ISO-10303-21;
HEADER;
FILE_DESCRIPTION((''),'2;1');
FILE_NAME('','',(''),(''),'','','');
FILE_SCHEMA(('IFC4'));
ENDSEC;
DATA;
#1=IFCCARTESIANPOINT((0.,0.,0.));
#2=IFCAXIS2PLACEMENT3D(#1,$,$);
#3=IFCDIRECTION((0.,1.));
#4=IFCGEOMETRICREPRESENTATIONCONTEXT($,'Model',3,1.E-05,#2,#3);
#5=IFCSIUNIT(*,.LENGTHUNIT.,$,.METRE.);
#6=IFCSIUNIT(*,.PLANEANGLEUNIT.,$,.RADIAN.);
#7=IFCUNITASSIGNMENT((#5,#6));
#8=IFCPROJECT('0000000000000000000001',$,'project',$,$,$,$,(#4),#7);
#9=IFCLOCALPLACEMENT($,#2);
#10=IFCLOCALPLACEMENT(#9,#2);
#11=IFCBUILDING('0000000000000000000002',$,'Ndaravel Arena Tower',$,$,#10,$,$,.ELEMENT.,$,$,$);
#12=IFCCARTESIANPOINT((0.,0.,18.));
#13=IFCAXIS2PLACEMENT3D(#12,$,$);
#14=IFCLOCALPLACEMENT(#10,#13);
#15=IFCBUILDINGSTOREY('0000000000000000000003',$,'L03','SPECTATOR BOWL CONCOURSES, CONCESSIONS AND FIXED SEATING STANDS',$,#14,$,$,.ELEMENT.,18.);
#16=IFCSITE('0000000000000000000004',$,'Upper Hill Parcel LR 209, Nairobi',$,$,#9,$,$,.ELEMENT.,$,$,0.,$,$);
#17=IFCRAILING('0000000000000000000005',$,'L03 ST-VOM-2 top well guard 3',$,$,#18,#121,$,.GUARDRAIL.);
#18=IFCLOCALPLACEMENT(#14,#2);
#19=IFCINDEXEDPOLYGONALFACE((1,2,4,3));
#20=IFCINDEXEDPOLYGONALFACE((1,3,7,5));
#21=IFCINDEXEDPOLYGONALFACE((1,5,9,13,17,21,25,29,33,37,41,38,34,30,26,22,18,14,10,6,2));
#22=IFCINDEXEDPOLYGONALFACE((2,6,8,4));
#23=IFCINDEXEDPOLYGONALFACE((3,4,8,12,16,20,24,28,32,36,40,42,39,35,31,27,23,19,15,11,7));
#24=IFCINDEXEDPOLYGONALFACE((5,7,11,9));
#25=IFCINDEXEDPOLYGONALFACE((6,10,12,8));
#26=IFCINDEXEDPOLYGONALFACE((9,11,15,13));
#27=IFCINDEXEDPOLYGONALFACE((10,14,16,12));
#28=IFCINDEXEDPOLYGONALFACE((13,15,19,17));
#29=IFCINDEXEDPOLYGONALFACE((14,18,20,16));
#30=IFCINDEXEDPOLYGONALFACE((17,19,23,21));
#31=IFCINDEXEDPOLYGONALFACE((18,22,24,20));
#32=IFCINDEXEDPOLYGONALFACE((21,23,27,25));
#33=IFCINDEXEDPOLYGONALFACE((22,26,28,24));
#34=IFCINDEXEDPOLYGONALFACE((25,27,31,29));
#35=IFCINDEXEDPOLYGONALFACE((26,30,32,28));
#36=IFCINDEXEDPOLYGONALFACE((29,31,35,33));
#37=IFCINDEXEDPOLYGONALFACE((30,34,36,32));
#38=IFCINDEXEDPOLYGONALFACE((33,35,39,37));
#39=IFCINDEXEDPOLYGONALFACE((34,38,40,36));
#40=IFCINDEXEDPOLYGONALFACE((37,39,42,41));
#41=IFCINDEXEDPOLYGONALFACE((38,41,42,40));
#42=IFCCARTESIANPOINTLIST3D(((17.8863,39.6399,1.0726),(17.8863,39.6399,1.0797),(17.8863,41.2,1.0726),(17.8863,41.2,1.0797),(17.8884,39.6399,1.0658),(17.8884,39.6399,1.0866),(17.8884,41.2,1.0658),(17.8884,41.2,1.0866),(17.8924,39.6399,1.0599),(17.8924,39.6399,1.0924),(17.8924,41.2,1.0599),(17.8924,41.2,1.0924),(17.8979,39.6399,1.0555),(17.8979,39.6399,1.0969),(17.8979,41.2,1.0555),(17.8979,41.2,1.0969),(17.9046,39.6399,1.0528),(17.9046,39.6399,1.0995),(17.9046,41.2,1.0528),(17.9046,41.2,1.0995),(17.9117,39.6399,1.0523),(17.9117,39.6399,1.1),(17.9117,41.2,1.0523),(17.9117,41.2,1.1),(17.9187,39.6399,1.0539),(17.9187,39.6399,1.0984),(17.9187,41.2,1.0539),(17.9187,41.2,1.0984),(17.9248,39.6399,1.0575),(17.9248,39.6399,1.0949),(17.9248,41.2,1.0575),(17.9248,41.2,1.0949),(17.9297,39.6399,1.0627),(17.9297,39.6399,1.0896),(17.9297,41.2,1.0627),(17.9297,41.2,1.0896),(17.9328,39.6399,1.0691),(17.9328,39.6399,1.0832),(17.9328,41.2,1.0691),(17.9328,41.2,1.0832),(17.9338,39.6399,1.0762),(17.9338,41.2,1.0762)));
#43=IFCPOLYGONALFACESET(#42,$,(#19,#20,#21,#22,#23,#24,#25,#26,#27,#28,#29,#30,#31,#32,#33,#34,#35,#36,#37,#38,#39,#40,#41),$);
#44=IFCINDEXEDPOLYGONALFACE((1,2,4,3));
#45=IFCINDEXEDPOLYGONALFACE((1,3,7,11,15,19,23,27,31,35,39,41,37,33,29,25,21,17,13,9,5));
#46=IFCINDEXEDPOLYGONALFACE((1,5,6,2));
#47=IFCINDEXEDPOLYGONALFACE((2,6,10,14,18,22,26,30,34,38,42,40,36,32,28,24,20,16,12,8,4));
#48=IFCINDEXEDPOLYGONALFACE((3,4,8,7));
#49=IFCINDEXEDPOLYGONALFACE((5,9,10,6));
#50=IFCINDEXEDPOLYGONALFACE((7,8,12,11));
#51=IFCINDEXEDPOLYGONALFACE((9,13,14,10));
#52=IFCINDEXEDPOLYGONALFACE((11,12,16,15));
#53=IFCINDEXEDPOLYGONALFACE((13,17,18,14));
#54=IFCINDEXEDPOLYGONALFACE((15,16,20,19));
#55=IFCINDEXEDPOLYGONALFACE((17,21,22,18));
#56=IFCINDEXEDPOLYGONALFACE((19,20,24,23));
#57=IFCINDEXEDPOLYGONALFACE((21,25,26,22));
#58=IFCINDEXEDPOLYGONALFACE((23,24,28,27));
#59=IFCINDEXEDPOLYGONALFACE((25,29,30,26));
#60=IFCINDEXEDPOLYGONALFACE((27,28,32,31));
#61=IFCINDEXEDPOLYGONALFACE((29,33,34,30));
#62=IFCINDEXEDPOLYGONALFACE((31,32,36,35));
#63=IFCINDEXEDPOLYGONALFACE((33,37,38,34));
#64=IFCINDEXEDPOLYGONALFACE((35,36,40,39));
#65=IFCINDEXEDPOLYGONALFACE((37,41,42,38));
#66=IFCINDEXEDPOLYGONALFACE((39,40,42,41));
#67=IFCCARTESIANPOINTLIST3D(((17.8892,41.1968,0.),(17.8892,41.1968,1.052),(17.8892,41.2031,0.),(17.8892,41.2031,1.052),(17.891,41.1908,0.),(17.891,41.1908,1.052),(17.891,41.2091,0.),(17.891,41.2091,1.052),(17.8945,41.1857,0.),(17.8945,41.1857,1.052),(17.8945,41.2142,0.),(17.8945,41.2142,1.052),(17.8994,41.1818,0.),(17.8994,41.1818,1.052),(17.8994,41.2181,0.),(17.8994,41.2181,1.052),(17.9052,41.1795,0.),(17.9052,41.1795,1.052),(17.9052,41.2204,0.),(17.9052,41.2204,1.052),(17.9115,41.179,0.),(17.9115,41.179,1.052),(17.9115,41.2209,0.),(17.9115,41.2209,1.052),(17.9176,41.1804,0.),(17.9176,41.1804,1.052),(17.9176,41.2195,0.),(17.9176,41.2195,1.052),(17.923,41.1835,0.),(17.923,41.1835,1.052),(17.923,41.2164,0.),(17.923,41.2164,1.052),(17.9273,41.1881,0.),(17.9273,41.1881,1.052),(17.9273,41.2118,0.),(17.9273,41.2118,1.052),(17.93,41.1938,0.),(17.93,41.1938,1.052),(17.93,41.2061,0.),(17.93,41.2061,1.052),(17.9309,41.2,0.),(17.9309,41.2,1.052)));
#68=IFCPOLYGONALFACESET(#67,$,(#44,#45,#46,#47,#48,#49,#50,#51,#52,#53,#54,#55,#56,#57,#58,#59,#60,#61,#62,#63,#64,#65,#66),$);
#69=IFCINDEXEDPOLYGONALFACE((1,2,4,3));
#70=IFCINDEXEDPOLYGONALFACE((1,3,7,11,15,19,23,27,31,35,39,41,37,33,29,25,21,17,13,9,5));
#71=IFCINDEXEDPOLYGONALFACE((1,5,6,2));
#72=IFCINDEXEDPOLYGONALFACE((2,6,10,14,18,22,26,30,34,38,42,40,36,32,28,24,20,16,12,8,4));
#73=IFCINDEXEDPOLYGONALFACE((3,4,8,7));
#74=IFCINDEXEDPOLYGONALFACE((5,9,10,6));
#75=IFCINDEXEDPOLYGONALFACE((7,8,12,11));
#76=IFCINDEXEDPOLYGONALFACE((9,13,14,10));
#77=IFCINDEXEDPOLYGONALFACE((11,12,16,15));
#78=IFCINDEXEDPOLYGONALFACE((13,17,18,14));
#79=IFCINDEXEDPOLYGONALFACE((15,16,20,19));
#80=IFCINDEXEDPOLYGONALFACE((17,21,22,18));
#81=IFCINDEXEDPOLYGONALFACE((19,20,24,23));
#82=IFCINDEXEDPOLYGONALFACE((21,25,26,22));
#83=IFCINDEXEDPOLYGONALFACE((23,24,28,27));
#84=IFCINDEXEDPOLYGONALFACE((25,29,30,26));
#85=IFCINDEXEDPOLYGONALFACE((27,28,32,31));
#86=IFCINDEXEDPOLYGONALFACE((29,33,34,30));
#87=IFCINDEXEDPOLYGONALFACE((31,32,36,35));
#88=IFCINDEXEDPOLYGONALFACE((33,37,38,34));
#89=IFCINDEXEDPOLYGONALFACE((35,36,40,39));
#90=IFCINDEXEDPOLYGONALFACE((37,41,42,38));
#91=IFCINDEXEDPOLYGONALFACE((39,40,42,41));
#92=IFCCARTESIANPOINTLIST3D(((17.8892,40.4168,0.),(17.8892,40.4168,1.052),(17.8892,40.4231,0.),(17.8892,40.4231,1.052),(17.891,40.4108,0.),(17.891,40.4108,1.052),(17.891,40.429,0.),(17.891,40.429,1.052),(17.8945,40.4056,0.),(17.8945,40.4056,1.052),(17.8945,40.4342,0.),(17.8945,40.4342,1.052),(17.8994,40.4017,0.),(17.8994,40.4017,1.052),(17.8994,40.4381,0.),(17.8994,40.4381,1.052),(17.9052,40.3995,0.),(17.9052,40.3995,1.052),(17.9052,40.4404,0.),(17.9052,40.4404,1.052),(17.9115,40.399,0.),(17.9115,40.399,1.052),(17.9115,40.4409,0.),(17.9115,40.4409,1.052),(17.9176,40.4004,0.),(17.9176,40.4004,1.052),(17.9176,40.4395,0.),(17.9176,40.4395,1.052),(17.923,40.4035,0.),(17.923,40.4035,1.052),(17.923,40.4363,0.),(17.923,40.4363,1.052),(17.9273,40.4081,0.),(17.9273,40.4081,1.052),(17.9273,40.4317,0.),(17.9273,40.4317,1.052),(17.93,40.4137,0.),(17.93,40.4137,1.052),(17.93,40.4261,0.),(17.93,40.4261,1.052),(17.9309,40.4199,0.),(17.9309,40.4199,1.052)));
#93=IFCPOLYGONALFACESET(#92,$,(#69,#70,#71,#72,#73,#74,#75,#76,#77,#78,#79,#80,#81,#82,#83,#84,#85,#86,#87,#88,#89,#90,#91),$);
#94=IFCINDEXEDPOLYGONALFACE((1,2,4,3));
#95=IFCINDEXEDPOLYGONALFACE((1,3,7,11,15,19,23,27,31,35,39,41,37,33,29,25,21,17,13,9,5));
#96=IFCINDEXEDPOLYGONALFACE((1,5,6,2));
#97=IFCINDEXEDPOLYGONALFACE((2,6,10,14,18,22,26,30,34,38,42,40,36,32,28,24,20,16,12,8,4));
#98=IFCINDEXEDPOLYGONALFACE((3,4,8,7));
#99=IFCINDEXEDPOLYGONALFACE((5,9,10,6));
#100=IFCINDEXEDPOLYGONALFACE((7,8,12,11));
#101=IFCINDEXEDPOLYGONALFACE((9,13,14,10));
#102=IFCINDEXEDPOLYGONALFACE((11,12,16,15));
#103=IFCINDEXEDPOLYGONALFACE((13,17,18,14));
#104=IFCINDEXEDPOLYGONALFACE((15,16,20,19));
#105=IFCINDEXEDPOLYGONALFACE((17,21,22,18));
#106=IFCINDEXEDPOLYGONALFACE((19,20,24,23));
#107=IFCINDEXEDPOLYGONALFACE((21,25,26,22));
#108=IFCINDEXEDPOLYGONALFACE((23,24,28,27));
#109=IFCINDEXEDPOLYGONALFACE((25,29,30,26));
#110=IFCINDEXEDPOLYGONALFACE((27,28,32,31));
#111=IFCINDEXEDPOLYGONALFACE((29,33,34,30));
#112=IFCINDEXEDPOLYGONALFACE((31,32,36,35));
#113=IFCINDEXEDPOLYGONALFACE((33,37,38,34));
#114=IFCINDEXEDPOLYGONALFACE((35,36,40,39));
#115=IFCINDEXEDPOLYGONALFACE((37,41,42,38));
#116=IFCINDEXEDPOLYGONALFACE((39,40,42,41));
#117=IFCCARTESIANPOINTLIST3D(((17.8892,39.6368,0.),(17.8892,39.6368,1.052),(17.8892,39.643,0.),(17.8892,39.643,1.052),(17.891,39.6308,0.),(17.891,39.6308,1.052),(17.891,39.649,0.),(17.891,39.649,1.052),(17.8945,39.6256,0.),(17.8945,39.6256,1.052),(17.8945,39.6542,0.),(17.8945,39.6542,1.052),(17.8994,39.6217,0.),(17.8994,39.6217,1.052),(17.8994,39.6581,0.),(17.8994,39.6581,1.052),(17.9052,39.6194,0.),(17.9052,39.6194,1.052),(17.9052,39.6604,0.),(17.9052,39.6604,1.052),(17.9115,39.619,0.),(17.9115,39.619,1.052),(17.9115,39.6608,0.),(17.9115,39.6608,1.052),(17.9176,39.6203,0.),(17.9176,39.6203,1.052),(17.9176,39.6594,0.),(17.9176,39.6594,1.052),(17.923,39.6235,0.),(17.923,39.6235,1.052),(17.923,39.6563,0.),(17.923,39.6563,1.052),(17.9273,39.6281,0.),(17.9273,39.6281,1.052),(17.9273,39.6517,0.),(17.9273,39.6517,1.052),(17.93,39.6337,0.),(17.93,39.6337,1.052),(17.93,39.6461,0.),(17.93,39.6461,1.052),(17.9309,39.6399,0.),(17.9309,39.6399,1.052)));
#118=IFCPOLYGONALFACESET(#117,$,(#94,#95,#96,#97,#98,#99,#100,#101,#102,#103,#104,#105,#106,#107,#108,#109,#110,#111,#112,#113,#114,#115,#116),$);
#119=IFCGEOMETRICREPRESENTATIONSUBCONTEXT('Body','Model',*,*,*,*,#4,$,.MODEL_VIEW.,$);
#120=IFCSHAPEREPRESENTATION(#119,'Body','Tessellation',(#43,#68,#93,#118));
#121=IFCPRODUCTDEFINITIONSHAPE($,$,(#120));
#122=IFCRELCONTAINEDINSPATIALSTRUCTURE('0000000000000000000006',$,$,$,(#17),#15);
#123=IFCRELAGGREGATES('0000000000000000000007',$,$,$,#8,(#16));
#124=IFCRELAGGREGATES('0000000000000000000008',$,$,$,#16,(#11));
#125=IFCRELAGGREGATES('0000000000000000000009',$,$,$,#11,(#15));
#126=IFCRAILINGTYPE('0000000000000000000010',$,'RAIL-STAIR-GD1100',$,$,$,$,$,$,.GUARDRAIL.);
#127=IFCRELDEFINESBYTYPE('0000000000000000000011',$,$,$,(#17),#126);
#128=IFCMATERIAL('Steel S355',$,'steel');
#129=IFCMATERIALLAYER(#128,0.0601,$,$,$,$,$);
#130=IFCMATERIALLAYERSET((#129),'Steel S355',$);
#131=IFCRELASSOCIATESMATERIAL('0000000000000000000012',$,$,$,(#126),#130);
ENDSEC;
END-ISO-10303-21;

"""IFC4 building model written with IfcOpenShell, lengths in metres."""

from ifc_helpers import new_model, si_unit, direction, frame, origin, origin_2d, place, context, subcontext, project, spatial, circle, extrude, material, layer, layer_set, type_object, element, save


model = new_model("IFC4")

# Units and contexts
model_context = context("Model", 3, precision=1e-05, world=origin(), true_north=direction((0.0, 1.0)))
body_context = subcontext(model_context, "Body", "Model", "MODEL_VIEW")
ifc_project = project(units=[si_unit("LENGTHUNIT", "METRE"), si_unit("PLANEANGLEUNIT", "RADIAN")], contexts=[model_context])

# Site, building, storey
site_placement = place(None, origin())
site = spatial("IfcSite", under=ifc_project, at=site_placement, Name="Upper Hill Parcel LR 209, Nairobi", CompositionType="ELEMENT", RefElevation=0.0)
building_placement = place(site_placement, origin())
building = spatial("IfcBuilding", under=site, at=building_placement, Name="Ndaravel Arena Tower", CompositionType="ELEMENT")
storey_placement = place(building_placement, frame((0.0, 0.0, 18.0)))
storey = spatial("IfcBuildingStorey", under=building, at=storey_placement, Name="L03", Description="SPECTATOR BOWL CONCOURSES, CONCESSIONS AND FIXED SEATING STANDS", CompositionType="ELEMENT", Elevation=18.0)

# Railing
ifc_material_1 = material(Name="Steel S355", Category="steel")
ifc_layer_1 = layer(ifc_material_1, 0.0601)
ifc_layer_set_1 = layer_set([ifc_layer_1], Name="Steel S355")
railing_type_1 = type_object("IfcRailingType", Name="RAIL-STAIR-GD1100", PredefinedType="GUARDRAIL", material=ifc_layer_set_1)
for number, where, name in (
    (1, (17.9099, 41.2, 0.0), "L03 ST-VOM-2 top well guard 3"),
):
    element("IfcRailing", number, at=place(storey_placement, frame(where)), inside=storey, type_object=railing_type_1, Name=name, PredefinedType="GUARDRAIL", context=body_context, shape_type="SweptSolid", body=[
        extrude(circle(Radius=0.0239, at=origin_2d()), frame((0.0, 0.0, 1.0762), z_axis=(0.0, -1.0, 0.0), x_axis=(1.0, 0.0, 0.0)), (0.0, 0.0, 1.0), 1.5601),
        extrude(circle(Radius=0.021, at=origin_2d()), origin(), (0.0, 0.0, 1.0), 1.052),
        extrude(circle(Radius=0.021, at=origin_2d()), frame((0.0, -0.78, 0.0)), (0.0, 0.0, 1.0), 1.052),
        extrude(circle(Radius=0.021, at=origin_2d()), frame((0.0, -1.5601, 0.0)), (0.0, 0.0, 1.0), 1.052),
    ])

save(model, "model.ifc")
